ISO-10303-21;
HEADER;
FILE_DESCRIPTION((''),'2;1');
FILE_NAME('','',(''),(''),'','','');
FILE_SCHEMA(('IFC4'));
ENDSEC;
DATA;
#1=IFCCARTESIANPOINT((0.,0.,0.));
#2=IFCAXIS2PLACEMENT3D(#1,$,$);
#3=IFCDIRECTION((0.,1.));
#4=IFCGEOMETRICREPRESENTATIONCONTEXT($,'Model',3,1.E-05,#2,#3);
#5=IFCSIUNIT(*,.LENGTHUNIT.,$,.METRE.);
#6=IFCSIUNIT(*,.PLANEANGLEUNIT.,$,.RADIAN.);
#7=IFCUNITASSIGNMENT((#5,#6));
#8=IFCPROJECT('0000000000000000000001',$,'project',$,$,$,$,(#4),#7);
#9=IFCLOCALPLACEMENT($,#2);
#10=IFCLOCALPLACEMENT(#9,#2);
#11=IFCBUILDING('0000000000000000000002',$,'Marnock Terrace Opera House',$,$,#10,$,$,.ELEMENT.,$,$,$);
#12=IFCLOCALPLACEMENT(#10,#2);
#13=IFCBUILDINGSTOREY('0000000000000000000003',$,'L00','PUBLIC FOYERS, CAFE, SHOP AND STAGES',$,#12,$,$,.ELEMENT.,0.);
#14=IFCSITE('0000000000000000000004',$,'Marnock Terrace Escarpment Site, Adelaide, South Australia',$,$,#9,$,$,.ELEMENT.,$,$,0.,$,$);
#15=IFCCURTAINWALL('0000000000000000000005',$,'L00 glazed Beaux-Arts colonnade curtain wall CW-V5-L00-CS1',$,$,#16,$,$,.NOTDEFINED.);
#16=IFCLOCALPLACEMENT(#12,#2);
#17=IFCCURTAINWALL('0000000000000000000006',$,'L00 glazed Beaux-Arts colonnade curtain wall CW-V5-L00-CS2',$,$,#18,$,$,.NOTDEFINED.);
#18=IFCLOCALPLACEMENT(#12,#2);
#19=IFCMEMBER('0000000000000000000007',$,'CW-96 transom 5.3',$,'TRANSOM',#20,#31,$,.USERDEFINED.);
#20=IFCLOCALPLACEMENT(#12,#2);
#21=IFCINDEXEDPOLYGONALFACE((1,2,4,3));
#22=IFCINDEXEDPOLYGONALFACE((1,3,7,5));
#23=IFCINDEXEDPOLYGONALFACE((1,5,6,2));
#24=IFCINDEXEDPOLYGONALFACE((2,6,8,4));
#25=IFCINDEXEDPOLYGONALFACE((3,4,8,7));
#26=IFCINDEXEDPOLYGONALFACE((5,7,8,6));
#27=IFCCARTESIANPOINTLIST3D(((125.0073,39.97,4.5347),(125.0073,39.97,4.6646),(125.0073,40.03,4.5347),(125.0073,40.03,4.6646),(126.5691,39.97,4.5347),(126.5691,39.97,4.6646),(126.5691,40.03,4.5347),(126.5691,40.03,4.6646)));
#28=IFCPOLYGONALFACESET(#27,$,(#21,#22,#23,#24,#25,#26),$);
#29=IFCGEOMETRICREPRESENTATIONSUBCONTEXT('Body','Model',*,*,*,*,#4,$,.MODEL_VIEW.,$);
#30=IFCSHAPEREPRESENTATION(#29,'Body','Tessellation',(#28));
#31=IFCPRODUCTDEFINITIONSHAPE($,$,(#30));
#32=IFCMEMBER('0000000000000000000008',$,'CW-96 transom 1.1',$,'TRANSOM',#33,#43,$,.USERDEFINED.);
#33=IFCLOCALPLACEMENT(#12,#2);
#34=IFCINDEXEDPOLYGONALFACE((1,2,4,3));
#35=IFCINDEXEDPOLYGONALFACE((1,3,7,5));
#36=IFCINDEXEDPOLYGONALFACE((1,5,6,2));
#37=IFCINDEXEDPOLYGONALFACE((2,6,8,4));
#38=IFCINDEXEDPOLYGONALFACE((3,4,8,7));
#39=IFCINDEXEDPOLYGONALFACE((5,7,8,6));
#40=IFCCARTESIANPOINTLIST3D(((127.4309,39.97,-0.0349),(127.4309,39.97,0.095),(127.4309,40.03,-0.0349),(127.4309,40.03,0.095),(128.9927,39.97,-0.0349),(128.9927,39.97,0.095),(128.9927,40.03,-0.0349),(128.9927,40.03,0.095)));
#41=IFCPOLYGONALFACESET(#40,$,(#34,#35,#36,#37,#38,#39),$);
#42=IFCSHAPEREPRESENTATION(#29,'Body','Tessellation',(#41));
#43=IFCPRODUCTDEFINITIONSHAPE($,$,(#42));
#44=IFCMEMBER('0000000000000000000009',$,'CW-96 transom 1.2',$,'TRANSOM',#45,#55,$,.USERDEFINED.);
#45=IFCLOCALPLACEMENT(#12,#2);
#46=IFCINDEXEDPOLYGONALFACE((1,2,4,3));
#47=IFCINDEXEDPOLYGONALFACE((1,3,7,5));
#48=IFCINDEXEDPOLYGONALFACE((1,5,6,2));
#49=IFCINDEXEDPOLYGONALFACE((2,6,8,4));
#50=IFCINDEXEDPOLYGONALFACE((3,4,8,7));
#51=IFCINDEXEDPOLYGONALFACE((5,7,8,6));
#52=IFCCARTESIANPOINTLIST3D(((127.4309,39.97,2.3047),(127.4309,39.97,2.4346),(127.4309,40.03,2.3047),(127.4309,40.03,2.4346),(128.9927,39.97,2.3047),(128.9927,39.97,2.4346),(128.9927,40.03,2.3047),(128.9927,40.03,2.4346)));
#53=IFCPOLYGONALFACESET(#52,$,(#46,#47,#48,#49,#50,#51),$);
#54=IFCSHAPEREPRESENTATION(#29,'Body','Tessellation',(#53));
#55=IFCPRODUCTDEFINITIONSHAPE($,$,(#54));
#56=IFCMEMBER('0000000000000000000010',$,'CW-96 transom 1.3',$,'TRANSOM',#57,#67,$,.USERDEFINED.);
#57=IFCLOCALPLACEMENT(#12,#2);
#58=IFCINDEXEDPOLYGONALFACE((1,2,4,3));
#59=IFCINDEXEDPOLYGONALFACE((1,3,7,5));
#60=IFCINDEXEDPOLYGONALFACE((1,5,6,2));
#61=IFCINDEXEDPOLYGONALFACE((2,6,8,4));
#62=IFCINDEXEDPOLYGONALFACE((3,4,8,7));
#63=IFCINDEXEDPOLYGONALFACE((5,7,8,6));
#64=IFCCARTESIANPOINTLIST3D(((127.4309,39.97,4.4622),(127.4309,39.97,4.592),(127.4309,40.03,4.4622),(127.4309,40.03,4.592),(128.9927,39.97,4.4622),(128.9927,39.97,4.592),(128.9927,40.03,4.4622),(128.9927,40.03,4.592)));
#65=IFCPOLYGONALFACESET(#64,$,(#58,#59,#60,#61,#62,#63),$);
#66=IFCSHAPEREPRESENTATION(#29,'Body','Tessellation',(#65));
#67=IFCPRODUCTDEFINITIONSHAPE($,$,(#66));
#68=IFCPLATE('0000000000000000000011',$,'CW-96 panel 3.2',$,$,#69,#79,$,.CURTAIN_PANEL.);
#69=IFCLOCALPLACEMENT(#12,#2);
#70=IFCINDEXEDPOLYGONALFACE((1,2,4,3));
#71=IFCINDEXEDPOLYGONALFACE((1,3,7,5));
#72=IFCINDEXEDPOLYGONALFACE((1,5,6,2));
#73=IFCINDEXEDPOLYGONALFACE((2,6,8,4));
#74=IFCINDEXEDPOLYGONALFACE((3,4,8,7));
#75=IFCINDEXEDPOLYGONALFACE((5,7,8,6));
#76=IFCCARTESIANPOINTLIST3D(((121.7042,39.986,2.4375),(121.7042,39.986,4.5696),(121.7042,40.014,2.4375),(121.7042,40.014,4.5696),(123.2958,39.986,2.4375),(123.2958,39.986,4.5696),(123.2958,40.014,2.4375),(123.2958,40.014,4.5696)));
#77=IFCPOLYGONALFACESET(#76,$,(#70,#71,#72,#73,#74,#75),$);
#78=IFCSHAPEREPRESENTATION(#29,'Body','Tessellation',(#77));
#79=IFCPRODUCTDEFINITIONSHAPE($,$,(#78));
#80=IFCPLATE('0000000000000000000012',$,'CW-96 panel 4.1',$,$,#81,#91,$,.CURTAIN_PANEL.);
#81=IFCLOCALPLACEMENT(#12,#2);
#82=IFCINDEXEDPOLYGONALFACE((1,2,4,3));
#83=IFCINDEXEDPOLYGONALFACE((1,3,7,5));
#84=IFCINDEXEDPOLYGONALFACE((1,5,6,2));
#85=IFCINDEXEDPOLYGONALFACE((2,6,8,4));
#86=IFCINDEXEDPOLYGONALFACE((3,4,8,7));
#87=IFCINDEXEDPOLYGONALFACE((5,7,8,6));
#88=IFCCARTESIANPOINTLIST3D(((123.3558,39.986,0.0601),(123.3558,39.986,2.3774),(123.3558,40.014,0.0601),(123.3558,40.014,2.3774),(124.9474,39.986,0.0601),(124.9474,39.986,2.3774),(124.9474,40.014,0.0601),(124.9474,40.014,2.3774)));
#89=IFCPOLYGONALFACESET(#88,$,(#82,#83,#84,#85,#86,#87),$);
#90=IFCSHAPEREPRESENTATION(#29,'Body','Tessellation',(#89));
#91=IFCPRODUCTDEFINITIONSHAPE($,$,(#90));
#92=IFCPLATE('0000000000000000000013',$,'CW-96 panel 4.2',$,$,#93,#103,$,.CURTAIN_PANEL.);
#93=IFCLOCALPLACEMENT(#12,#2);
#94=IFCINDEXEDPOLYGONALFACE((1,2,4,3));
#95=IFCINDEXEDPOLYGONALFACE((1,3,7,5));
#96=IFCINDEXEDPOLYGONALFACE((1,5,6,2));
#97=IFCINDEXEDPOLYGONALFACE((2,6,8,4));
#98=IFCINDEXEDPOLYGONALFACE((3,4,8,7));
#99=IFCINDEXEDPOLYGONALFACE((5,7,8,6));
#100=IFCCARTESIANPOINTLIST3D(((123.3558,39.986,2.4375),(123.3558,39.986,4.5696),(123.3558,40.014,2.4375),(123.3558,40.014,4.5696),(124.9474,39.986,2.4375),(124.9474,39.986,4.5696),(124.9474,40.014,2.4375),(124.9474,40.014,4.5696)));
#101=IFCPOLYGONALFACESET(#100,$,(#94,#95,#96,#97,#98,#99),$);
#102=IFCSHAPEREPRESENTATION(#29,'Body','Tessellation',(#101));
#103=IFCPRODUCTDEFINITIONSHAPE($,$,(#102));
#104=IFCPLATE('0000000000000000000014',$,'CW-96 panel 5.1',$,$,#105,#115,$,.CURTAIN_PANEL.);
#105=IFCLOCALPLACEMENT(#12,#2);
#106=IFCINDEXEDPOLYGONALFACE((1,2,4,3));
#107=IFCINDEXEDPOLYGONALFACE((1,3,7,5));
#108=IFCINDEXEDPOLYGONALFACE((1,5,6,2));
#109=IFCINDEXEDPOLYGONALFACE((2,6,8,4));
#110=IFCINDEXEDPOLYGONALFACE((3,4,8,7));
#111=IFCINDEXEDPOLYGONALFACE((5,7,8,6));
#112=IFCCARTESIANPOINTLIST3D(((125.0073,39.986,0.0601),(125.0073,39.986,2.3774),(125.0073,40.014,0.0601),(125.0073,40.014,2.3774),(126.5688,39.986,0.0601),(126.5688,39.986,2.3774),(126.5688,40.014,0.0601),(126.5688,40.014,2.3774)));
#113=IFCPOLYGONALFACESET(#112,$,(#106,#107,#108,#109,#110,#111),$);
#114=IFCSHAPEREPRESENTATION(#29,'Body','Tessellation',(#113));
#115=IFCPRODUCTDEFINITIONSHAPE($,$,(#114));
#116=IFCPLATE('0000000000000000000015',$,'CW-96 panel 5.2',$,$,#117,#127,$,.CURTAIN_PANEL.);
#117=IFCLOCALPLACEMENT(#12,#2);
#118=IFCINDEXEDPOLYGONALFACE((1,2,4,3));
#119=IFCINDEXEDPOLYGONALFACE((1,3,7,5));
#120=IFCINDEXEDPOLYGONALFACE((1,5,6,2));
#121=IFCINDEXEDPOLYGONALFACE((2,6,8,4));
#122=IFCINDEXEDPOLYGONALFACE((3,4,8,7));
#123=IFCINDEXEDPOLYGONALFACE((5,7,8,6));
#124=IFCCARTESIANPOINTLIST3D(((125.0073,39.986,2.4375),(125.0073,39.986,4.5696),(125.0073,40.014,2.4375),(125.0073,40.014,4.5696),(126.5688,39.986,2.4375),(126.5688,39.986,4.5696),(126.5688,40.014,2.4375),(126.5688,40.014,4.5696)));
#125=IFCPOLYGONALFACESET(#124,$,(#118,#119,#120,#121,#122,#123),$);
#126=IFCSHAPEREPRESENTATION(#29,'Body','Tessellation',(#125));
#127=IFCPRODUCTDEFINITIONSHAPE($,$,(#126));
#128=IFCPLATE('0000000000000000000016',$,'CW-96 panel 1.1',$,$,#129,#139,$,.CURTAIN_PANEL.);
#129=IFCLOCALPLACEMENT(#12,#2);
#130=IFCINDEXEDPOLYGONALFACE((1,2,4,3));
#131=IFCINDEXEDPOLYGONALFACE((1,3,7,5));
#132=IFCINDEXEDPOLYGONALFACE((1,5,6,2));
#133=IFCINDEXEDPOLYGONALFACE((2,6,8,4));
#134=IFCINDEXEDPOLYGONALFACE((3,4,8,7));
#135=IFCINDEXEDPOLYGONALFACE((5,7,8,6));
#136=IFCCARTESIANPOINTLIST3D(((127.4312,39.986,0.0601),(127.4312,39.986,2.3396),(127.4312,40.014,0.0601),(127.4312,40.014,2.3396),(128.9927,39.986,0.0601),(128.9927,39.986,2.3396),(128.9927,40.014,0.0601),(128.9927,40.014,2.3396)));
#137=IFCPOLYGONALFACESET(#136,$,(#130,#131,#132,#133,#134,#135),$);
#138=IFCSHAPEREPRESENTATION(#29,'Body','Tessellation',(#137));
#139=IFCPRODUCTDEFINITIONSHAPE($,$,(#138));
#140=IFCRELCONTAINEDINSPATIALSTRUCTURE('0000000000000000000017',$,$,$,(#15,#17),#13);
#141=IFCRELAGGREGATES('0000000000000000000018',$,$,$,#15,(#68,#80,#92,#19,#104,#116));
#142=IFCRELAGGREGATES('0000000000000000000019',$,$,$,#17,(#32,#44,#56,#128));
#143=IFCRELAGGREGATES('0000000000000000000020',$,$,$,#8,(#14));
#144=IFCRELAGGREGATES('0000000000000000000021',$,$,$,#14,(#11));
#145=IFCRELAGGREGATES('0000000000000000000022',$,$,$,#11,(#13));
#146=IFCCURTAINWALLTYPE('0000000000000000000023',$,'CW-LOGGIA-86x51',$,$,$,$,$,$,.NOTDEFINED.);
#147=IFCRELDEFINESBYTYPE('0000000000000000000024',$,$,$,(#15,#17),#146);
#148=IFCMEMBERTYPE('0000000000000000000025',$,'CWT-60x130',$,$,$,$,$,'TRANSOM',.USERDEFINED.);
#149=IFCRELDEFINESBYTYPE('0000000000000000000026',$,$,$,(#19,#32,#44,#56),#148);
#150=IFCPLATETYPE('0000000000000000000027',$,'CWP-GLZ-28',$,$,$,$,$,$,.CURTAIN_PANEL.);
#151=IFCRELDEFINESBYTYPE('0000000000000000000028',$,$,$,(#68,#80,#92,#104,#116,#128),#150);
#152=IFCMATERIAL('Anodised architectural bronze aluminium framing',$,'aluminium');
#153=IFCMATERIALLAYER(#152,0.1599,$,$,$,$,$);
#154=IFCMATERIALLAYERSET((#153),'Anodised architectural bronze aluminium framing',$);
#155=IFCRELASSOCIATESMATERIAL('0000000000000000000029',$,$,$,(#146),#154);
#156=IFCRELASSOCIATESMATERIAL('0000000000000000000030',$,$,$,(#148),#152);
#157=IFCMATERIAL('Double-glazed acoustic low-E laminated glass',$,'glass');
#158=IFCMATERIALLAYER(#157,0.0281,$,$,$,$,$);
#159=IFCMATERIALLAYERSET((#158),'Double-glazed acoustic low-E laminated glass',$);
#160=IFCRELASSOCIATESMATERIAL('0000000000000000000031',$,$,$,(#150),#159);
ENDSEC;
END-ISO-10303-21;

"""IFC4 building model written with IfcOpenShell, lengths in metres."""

from ifc_helpers import new_model, si_unit, direction, frame, origin, origin_2d, place, context, subcontext, project, spatial, rectangle, extrude, material, layer, layer_set, material_profile, profile_set, type_object, element, aggregate, save


model = new_model("IFC4")

# Units and contexts
model_context = context("Model", 3, precision=1e-05, world=origin(), true_north=direction((0.0, 1.0)))
body_context = subcontext(model_context, "Body", "Model", "MODEL_VIEW")
ifc_project = project(units=[si_unit("LENGTHUNIT", "METRE"), si_unit("PLANEANGLEUNIT", "RADIAN")], contexts=[model_context])

# Site, building, storey
site_placement = place(None, origin())
site = spatial("IfcSite", under=ifc_project, at=site_placement, Name="Marnock Terrace Escarpment Site, Adelaide, South Australia", CompositionType="ELEMENT", RefElevation=0.0)
building_placement = place(site_placement, origin())
building = spatial("IfcBuilding", under=site, at=building_placement, Name="Marnock Terrace Opera House", CompositionType="ELEMENT")
storey_placement = place(building_placement, origin())
storey = spatial("IfcBuildingStorey", under=building, at=storey_placement, Name="L00", Description="PUBLIC FOYERS, CAFE, SHOP AND STAGES", CompositionType="ELEMENT", Elevation=0.0)

# Curtain wall
ifc_material_1 = material(Name="Anodised architectural bronze aluminium framing", Category="aluminium")
ifc_layer_1 = layer(ifc_material_1, 0.1599)
ifc_layer_set_1 = layer_set([ifc_layer_1], Name="Anodised architectural bronze aluminium framing")
curtain_wall_type = type_object("IfcCurtainWallType", Name="CW-LOGGIA-86x51", PredefinedType="NOTDEFINED", material=ifc_layer_set_1)
curtain_wall_1_placement = place(storey_placement, origin())
curtain_wall_1 = element("IfcCurtainWall", 1, at=curtain_wall_1_placement, inside=storey, type_object=curtain_wall_type, Name="L00 glazed Beaux-Arts colonnade curtain wall CW-V5-L00-CS1", PredefinedType="NOTDEFINED")

# Curtain wall
curtain_wall_2_placement = place(storey_placement, origin())
curtain_wall_2 = element("IfcCurtainWall", 2, at=curtain_wall_2_placement, inside=storey, type_object=curtain_wall_type, Name="L00 glazed Beaux-Arts colonnade curtain wall CW-V5-L00-CS2", PredefinedType="NOTDEFINED")

# Members
ifc_material_profile_1 = material_profile(ifc_material_1, rectangle(XDim=0.0601, YDim=0.1299, at=origin_2d()))
ifc_profile_set_1 = profile_set([ifc_material_profile_1], Name="Anodised architectural bronze aluminium framing")
member_type_1 = type_object("IfcMemberType", Name="CWT-60x130", ElementType="TRANSOM", PredefinedType="USERDEFINED", material=ifc_profile_set_1)
member_1_placement = place(storey_placement, frame((125.0073, 40.0, 4.5996), z_axis=(1.0, 0.0, 0.0), x_axis=(0.0, 1.0, 0.0)))
member_1 = element("IfcMember", 3, at=member_1_placement, type_object=member_type_1, Name="CW-96 transom 5.3", ObjectType="TRANSOM", PredefinedType="USERDEFINED", context=body_context, shape_type="SweptSolid", body=[
    extrude(rectangle(XDim=0.0601, YDim=0.1299, at=origin_2d()), origin(), (0.0, 0.0, 1.0), 1.5618),
])
member_2_placement = place(storey_placement, frame((127.4309, 40.0, 0.03), z_axis=(1.0, 0.0, 0.0), x_axis=(0.0, 1.0, 0.0)))
member_2 = element("IfcMember", 4, at=member_2_placement, type_object=member_type_1, Name="CW-96 transom 1.1", ObjectType="TRANSOM", PredefinedType="USERDEFINED", context=body_context, shape_type="SweptSolid", body=[
    extrude(rectangle(XDim=0.0601, YDim=0.1299, at=origin_2d()), origin(), (0.0, 0.0, 1.0), 1.5618),
])
member_3_placement = place(storey_placement, frame((127.4309, 40.0, 2.3696), z_axis=(1.0, 0.0, 0.0), x_axis=(0.0, 1.0, 0.0)))
member_3 = element("IfcMember", 5, at=member_3_placement, type_object=member_type_1, Name="CW-96 transom 1.2", ObjectType="TRANSOM", PredefinedType="USERDEFINED", context=body_context, shape_type="SweptSolid", body=[
    extrude(rectangle(XDim=0.0601, YDim=0.1299, at=origin_2d()), origin(), (0.0, 0.0, 1.0), 1.5618),
])
member_4_placement = place(storey_placement, frame((127.4309, 40.0, 4.5271), z_axis=(1.0, 0.0, 0.0), x_axis=(0.0, 1.0, 0.0)))
member_4 = element("IfcMember", 6, at=member_4_placement, type_object=member_type_1, Name="CW-96 transom 1.3", ObjectType="TRANSOM", PredefinedType="USERDEFINED", context=body_context, shape_type="SweptSolid", body=[
    extrude(rectangle(XDim=0.0601, YDim=0.1299, at=origin_2d()), origin(), (0.0, 0.0, 1.0), 1.5618),
])

# Plates
ifc_material_2 = material(Name="Double-glazed acoustic low-E laminated glass", Category="glass")
ifc_layer_2 = layer(ifc_material_2, 0.0281)
ifc_layer_set_2 = layer_set([ifc_layer_2], Name="Double-glazed acoustic low-E laminated glass")
plate_type = type_object("IfcPlateType", Name="CWP-GLZ-28", PredefinedType="CURTAIN_PANEL", material=ifc_layer_set_2)
plate_1_placement = place(storey_placement, frame((122.5, 40.0, 2.4375), z_axis=(0.0, 0.0, 1.0), x_axis=(1.0, 0.0, 0.0)))
plate_1 = element("IfcPlate", 7, at=plate_1_placement, type_object=plate_type, Name="CW-96 panel 3.2", PredefinedType="CURTAIN_PANEL", context=body_context, shape_type="SweptSolid", body=[
    extrude(rectangle(XDim=1.5916, YDim=0.0281, at=origin_2d()), origin(), (0.0, 0.0, 1.0), 2.1321),
])
plate_2_placement = place(storey_placement, frame((124.1516, 40.0, 0.0601), z_axis=(0.0, 0.0, 1.0), x_axis=(1.0, 0.0, 0.0)))
plate_2 = element("IfcPlate", 8, at=plate_2_placement, type_object=plate_type, Name="CW-96 panel 4.1", PredefinedType="CURTAIN_PANEL", context=body_context, shape_type="SweptSolid", body=[
    extrude(rectangle(XDim=1.5916, YDim=0.0281, at=origin_2d()), origin(), (0.0, 0.0, 1.0), 2.3174),
])
plate_3_placement = place(storey_placement, frame((124.1516, 40.0, 2.4375), z_axis=(0.0, 0.0, 1.0), x_axis=(1.0, 0.0, 0.0)))
plate_3 = element("IfcPlate", 9, at=plate_3_placement, type_object=plate_type, Name="CW-96 panel 4.2", PredefinedType="CURTAIN_PANEL", context=body_context, shape_type="SweptSolid", body=[
    extrude(rectangle(XDim=1.5916, YDim=0.0281, at=origin_2d()), origin(), (0.0, 0.0, 1.0), 2.1321),
])
plate_4_placement = place(storey_placement, frame((125.7881, 40.0, 0.0601), z_axis=(0.0, 0.0, 1.0), x_axis=(1.0, 0.0, 0.0)))
plate_4 = element("IfcPlate", 10, at=plate_4_placement, type_object=plate_type, Name="CW-96 panel 5.1", PredefinedType="CURTAIN_PANEL", context=body_context, shape_type="SweptSolid", body=[
    extrude(rectangle(XDim=1.5615, YDim=0.0281, at=origin_2d()), origin(), (0.0, 0.0, 1.0), 2.3174),
])
plate_5_placement = place(storey_placement, frame((125.7881, 40.0, 2.4375), z_axis=(0.0, 0.0, 1.0), x_axis=(1.0, 0.0, 0.0)))
plate_5 = element("IfcPlate", 11, at=plate_5_placement, type_object=plate_type, Name="CW-96 panel 5.2", PredefinedType="CURTAIN_PANEL", context=body_context, shape_type="SweptSolid", body=[
    extrude(rectangle(XDim=1.5615, YDim=0.0281, at=origin_2d()), origin(), (0.0, 0.0, 1.0), 2.1321),
])
aggregate(curtain_wall_1, [plate_1, plate_2, plate_3, member_1, plate_4, plate_5])
plate_6_placement = place(storey_placement, frame((128.2119, 40.0, 0.0601), z_axis=(0.0, 0.0, 1.0), x_axis=(1.0, 0.0, 0.0)))
plate_6 = element("IfcPlate", 12, at=plate_6_placement, type_object=plate_type, Name="CW-96 panel 1.1", PredefinedType="CURTAIN_PANEL", context=body_context, shape_type="SweptSolid", body=[
    extrude(rectangle(XDim=1.5615, YDim=0.0281, at=origin_2d()), origin(), (0.0, 0.0, 1.0), 2.2795),
])
aggregate(curtain_wall_2, [member_2, member_3, member_4, plate_6])

save(model, "model.ifc")
